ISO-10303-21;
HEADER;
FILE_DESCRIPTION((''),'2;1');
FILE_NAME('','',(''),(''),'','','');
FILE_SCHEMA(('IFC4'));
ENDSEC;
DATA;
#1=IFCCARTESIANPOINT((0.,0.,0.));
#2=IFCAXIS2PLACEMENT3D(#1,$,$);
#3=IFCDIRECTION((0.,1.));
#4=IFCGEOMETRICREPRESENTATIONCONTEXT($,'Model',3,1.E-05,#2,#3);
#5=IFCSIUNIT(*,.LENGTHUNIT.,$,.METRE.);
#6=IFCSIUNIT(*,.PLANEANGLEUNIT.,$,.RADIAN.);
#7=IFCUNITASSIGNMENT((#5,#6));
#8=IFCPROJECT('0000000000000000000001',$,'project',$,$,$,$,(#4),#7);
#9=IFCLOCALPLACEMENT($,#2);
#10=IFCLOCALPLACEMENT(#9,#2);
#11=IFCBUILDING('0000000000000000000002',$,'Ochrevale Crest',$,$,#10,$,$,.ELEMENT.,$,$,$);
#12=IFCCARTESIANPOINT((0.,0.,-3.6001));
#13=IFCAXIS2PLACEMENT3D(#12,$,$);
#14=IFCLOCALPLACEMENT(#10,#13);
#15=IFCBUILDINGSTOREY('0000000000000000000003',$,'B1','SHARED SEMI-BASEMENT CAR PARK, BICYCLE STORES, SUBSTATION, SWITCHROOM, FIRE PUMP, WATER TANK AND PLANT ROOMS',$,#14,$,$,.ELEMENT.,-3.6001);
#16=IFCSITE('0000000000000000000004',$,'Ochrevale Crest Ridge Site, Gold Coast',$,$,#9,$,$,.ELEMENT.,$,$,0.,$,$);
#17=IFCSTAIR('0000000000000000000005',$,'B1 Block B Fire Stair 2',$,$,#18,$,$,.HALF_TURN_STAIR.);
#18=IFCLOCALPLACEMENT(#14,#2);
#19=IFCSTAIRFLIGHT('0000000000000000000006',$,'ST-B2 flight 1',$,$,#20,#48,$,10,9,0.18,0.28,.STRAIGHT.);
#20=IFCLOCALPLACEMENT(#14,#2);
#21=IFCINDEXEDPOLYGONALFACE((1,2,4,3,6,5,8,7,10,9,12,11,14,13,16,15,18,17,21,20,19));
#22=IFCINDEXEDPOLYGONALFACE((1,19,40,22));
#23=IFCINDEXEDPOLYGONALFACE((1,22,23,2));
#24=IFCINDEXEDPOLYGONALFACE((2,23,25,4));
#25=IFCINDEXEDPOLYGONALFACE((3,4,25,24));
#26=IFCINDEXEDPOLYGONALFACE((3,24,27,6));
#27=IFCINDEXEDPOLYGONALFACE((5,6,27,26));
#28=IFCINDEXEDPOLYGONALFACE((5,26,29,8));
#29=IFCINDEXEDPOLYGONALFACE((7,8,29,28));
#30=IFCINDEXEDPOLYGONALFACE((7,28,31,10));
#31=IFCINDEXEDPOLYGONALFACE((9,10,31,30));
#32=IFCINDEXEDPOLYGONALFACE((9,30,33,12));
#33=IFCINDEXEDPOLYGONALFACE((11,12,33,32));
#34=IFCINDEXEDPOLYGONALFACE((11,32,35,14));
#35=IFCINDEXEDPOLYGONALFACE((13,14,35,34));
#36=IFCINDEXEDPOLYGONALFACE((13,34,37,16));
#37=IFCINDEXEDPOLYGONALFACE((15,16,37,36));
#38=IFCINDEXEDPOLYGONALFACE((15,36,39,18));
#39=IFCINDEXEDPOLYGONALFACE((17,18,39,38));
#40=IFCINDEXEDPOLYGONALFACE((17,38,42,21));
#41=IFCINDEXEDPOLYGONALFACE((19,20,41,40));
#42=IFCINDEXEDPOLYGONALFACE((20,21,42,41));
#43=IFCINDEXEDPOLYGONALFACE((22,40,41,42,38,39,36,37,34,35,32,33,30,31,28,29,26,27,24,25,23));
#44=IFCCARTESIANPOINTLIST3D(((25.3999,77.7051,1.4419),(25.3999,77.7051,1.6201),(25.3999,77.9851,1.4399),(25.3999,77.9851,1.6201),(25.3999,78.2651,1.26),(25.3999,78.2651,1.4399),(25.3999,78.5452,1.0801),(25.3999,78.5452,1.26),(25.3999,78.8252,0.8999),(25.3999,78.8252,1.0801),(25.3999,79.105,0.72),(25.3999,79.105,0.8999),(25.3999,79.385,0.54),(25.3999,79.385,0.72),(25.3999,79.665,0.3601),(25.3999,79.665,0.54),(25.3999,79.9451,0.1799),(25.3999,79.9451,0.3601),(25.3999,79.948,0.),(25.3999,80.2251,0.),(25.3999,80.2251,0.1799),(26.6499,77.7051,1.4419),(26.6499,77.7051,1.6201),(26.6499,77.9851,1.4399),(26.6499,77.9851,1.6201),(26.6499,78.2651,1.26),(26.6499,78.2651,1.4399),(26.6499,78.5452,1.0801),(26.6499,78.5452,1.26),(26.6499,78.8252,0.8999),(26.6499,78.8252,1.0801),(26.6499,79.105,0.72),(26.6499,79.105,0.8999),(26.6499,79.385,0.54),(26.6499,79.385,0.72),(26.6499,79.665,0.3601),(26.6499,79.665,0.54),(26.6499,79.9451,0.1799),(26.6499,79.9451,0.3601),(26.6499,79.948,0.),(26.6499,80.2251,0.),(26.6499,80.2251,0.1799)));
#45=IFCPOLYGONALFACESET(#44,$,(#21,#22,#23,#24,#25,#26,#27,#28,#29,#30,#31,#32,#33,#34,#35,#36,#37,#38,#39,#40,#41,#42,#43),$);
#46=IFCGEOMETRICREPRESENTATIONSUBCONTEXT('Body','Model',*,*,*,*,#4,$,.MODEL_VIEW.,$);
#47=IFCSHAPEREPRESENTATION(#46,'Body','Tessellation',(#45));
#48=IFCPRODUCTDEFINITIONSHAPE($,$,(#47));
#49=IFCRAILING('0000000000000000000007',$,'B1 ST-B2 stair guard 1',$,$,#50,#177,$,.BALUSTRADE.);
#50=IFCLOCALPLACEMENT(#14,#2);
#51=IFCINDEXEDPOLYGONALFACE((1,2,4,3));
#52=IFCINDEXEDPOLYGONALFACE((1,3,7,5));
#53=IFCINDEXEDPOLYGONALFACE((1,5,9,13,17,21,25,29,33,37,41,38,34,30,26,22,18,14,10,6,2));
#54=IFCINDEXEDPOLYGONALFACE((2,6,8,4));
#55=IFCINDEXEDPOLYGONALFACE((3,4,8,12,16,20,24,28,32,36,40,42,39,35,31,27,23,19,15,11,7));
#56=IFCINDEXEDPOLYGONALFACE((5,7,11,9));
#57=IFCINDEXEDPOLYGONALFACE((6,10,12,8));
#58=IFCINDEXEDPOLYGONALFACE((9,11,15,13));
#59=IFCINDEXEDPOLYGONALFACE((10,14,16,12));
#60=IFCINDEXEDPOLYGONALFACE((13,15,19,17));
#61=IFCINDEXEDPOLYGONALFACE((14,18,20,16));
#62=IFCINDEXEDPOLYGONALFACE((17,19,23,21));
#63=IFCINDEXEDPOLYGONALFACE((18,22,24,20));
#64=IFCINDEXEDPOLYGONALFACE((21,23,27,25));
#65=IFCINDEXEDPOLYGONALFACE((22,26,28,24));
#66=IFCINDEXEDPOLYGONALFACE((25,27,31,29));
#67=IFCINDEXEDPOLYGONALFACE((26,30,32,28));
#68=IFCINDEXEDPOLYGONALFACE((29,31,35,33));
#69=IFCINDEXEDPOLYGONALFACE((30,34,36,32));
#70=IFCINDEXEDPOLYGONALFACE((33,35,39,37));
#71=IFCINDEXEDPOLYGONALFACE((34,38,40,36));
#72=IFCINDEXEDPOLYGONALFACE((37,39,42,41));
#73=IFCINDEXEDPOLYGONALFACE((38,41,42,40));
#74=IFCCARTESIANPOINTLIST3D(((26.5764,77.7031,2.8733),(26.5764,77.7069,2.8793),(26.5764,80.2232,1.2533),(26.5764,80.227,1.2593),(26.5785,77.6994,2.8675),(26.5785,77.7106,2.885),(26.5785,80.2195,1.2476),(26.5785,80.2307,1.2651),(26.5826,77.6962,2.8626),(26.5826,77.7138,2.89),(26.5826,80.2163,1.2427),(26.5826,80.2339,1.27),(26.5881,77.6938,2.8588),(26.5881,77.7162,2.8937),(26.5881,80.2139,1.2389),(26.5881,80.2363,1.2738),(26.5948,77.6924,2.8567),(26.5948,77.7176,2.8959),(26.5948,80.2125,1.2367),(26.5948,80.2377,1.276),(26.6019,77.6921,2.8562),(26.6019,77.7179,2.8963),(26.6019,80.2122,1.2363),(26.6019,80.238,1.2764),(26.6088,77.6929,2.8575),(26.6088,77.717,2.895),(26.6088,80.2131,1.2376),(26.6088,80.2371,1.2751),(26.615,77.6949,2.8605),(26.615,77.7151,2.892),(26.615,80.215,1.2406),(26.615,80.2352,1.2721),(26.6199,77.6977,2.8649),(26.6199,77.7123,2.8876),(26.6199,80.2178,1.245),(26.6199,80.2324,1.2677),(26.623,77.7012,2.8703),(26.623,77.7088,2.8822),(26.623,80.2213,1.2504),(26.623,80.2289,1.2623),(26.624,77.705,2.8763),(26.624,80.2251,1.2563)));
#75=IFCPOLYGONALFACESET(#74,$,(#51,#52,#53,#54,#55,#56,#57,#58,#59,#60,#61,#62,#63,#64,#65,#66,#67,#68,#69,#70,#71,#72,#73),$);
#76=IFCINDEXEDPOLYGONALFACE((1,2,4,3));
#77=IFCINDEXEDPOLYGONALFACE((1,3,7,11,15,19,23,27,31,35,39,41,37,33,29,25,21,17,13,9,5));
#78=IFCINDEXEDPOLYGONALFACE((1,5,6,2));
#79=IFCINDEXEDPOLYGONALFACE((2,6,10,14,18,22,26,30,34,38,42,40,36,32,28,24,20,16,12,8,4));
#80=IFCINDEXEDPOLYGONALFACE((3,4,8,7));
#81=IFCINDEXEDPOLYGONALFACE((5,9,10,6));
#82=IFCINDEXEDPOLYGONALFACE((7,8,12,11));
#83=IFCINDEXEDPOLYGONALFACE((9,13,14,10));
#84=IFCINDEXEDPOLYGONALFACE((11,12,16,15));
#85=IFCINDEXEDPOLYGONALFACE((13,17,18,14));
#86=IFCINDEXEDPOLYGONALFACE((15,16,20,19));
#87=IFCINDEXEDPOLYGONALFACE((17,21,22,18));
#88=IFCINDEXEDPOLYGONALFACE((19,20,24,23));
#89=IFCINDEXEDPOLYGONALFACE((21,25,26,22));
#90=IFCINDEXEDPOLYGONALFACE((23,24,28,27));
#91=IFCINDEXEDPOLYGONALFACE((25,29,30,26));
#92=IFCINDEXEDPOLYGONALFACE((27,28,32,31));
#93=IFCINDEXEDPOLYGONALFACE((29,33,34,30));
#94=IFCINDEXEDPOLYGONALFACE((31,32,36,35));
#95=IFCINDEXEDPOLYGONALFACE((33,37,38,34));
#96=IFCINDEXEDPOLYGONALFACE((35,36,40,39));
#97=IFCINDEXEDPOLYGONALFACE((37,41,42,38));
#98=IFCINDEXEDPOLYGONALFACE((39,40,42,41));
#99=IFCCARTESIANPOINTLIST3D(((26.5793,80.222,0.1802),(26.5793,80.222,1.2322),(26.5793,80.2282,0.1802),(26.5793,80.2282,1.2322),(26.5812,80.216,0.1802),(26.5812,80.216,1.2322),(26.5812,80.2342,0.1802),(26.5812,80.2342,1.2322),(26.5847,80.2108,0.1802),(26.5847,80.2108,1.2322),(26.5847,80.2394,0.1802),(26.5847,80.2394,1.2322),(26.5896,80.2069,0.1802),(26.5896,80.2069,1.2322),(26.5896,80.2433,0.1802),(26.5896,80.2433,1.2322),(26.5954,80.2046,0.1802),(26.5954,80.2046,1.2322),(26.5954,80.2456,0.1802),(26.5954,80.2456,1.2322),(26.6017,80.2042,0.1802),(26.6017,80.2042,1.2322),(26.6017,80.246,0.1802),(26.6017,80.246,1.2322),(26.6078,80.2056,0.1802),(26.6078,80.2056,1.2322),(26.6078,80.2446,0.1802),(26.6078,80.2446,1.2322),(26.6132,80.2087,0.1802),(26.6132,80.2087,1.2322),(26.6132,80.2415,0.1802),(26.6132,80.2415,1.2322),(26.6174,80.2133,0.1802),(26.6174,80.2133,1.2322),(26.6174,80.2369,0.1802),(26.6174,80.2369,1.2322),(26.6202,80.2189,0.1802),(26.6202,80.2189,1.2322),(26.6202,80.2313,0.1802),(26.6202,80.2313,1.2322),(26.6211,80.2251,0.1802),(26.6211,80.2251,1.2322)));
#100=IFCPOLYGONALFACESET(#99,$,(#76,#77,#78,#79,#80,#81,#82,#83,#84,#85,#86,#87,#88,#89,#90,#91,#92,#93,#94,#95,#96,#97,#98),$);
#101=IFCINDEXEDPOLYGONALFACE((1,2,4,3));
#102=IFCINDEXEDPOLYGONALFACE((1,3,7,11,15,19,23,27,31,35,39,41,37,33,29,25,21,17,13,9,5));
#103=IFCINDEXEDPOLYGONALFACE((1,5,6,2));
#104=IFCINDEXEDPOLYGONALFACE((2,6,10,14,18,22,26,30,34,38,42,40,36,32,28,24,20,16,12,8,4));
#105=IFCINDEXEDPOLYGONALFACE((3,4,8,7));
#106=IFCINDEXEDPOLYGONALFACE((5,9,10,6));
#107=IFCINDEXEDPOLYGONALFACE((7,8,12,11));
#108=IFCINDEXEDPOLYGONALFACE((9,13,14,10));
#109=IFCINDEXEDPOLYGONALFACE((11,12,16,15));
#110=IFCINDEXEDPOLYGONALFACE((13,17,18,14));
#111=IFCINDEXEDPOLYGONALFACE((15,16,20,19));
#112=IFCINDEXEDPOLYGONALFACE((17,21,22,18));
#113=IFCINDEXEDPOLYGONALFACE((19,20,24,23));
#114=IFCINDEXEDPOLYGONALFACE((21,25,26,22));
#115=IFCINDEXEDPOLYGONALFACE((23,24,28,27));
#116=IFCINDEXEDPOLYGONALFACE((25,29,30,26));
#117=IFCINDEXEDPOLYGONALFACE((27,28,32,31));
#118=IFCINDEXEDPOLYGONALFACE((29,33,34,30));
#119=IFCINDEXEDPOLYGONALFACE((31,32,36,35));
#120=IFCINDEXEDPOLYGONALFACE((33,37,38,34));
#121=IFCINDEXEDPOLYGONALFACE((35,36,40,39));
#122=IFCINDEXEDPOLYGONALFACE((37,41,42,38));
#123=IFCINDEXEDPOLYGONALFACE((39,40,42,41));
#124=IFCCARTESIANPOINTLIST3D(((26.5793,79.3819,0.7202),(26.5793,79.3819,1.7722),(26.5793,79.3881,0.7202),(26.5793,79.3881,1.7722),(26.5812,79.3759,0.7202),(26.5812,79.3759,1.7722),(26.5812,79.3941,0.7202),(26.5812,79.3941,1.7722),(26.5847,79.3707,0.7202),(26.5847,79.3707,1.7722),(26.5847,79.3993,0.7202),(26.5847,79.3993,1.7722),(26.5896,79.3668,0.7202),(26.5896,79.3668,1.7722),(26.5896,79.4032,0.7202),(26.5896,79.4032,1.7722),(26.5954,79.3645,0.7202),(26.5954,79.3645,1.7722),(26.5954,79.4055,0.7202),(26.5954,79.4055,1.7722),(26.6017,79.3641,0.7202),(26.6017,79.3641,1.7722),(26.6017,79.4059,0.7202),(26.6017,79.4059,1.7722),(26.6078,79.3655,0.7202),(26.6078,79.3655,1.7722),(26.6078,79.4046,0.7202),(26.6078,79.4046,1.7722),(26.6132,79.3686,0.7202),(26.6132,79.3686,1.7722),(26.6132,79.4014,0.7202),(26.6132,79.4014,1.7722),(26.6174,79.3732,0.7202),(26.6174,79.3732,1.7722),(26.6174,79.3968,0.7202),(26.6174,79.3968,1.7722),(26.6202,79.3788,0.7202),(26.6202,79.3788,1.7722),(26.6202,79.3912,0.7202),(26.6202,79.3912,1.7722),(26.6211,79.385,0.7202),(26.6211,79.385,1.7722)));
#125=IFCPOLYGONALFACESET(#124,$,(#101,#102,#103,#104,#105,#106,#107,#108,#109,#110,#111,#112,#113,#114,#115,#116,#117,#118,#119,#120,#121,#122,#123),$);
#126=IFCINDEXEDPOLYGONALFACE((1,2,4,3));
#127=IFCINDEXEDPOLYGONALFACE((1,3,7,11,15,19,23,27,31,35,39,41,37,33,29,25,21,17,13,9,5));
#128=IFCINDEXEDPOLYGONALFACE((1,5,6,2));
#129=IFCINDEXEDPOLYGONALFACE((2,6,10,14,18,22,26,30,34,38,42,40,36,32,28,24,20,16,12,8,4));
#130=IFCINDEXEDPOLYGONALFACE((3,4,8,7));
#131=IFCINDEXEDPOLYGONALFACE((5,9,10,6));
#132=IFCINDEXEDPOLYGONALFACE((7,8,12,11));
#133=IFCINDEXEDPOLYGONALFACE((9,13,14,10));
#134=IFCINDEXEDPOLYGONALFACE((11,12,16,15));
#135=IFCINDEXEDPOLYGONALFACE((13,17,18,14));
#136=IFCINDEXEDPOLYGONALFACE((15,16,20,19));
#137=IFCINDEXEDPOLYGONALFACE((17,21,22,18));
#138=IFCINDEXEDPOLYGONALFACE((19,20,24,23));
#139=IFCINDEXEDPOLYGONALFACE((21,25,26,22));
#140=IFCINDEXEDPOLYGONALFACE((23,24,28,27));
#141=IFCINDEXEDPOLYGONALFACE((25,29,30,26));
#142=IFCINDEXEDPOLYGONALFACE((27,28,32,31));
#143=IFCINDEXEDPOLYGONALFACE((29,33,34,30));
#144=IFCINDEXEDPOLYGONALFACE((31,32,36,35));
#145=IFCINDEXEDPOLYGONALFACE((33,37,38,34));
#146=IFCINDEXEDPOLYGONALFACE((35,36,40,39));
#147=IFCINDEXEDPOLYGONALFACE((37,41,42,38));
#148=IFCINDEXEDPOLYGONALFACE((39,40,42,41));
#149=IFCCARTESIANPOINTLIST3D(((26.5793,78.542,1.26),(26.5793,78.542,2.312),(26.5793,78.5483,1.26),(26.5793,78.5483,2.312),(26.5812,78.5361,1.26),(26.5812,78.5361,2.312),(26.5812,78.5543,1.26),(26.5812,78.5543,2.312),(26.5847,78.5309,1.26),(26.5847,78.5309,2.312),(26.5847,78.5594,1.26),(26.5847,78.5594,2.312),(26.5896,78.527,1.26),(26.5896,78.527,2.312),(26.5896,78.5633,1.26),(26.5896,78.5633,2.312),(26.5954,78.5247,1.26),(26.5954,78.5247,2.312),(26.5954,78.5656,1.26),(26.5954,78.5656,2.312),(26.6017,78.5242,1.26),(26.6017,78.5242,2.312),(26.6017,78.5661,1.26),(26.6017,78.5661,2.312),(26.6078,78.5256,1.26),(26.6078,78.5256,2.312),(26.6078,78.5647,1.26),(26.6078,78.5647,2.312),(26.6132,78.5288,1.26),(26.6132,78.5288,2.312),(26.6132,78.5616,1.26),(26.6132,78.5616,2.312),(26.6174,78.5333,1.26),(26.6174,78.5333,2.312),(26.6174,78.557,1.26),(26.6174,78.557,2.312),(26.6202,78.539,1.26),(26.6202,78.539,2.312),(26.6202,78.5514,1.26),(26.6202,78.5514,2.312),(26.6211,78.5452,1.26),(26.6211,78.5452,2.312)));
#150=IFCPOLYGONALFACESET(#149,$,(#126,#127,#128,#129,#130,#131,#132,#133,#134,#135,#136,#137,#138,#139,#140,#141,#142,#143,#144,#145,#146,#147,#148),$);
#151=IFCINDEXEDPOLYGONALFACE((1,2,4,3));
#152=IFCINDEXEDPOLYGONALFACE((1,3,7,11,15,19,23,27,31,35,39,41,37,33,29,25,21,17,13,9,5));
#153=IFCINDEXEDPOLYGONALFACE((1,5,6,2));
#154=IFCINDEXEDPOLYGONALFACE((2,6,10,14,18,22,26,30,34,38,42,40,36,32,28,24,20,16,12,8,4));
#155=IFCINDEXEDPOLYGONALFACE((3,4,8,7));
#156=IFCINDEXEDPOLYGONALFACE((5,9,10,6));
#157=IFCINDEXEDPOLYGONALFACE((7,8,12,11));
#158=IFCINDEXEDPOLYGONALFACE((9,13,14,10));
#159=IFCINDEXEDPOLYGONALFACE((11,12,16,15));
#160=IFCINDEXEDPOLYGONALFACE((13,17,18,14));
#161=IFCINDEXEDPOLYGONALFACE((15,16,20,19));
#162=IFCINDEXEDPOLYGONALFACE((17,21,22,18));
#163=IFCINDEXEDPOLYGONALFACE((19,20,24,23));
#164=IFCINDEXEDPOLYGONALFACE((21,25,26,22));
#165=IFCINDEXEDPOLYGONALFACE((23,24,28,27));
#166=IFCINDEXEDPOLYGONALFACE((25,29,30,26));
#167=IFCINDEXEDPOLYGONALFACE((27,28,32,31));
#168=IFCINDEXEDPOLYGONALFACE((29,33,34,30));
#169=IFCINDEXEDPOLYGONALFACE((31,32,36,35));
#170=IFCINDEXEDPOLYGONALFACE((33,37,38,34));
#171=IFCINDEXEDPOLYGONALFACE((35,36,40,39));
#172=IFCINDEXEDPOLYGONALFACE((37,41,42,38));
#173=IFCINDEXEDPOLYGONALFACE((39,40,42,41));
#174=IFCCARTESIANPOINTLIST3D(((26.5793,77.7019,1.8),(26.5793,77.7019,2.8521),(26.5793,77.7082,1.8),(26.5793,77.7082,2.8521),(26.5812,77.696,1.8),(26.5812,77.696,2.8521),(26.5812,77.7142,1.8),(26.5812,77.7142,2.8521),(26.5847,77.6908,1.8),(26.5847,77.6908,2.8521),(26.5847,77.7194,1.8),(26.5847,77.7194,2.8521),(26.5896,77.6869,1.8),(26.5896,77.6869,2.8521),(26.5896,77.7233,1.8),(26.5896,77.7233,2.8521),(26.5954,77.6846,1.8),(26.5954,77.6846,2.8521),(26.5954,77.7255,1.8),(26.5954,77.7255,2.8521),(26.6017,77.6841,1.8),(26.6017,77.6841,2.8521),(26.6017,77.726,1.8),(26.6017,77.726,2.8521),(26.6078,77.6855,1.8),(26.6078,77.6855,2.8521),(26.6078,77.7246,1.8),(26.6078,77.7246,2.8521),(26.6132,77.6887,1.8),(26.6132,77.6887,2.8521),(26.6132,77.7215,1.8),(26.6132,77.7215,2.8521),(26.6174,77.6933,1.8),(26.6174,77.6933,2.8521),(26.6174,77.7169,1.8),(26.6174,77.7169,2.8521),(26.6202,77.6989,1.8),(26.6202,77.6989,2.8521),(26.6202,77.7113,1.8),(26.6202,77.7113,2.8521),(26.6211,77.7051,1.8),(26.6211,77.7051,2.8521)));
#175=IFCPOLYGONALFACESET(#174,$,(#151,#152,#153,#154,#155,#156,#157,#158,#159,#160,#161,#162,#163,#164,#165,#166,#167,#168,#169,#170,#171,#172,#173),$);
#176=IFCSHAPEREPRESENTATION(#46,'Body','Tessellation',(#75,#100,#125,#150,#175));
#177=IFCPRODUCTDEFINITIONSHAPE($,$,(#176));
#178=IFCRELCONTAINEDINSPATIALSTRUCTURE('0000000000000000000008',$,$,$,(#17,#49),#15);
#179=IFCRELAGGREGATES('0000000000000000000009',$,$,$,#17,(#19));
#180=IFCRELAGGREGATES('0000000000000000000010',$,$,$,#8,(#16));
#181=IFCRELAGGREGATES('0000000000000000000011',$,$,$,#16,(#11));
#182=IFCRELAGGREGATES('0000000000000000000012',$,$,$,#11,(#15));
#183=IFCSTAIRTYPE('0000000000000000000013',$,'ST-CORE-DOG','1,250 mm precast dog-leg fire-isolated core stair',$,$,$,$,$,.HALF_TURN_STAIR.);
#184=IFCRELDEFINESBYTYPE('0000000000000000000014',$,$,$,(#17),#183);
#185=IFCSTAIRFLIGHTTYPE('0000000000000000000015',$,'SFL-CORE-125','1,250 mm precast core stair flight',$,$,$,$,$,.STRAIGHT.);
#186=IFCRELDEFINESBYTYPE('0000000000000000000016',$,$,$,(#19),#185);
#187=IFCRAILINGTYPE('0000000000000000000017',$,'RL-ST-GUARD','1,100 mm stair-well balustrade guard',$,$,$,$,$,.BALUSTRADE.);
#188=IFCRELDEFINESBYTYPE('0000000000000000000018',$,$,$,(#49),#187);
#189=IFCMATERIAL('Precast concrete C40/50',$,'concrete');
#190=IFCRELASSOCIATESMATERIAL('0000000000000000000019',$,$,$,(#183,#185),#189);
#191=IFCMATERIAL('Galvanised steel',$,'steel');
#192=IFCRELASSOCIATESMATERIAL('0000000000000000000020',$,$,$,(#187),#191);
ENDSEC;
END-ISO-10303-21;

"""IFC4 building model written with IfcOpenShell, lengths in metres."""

from ifc_helpers import new_model, si_unit, direction, frame, origin, origin_2d, place, context, subcontext, project, spatial, polyline, circle, outline, extrude, material, type_object, element, aggregate, save


model = new_model("IFC4")

# Units and contexts
model_context = context("Model", 3, precision=1e-05, world=origin(), true_north=direction((0.0, 1.0)))
body_context = subcontext(model_context, "Body", "Model", "MODEL_VIEW")
ifc_project = project(units=[si_unit("LENGTHUNIT", "METRE"), si_unit("PLANEANGLEUNIT", "RADIAN")], contexts=[model_context])

# Site, building, storey
site_placement = place(None, origin())
site = spatial("IfcSite", under=ifc_project, at=site_placement, Name="Ochrevale Crest Ridge Site, Gold Coast", CompositionType="ELEMENT", RefElevation=0.0)
building_placement = place(site_placement, origin())
building = spatial("IfcBuilding", under=site, at=building_placement, Name="Ochrevale Crest", CompositionType="ELEMENT")
storey_placement = place(building_placement, frame((0.0, 0.0, -3.6001)))
storey = spatial("IfcBuildingStorey", under=building, at=storey_placement, Name="B1", Description="SHARED SEMI-BASEMENT CAR PARK, BICYCLE STORES, SUBSTATION, SWITCHROOM, FIRE PUMP, WATER TANK AND PLANT ROOMS", CompositionType="ELEMENT", Elevation=-3.6001)

# Stair, stair flight
ifc_material_1 = material(Name="Precast concrete C40/50", Category="concrete")
stair_type = type_object("IfcStairType", Name="ST-CORE-DOG", Description="1,250 mm precast dog-leg fire-isolated core stair", PredefinedType="HALF_TURN_STAIR", material=ifc_material_1)
stair_placement = place(storey_placement, origin())
stair = element("IfcStair", 1, at=stair_placement, inside=storey, type_object=stair_type, Name="B1 Block B Fire Stair 2", PredefinedType="HALF_TURN_STAIR")
stair_flight_type = type_object("IfcStairFlightType", Name="SFL-CORE-125", Description="1,250 mm precast core stair flight", PredefinedType="STRAIGHT", material=ifc_material_1)
stair_flight_placement = place(storey_placement, frame((26.0249, 80.2251, 0.0), z_axis=(0.0, 0.0, 1.0), x_axis=(0.0, -1.0, 0.0)))
stair_flight = element("IfcStairFlight", 2, at=stair_flight_placement, type_object=stair_flight_type, Name="ST-B2 flight 1", NumberOfRisers=10, NumberOfTreads=9, PredefinedType="STRAIGHT", RiserHeight=0.18, TreadLength=0.28, context=body_context, shape_type="SweptSolid", body=[
    extrude(outline(polyline([(0.0, 0.0), (0.0, 0.1799), (0.28, 0.1799), (0.28, 0.3601), (0.5601, 0.3601), (0.5601, 0.54), (0.8401, 0.54), (0.8401, 0.72), (1.1201, 0.72), (1.1201, 0.8999), (1.3999, 0.8999), (1.3999, 1.0801), (1.6799, 1.0801), (1.6799, 1.26), (1.96, 1.26), (1.96, 1.4399), (2.24, 1.4399), (2.24, 1.6201), (2.52, 1.6201), (2.52, 1.8), (2.52, 1.4419), (0.2771, 0.0), (0.0, 0.0)])), frame((0.0, 0.625, 0.0), z_axis=(0.0, -1.0, 0.0), x_axis=(1.0, 0.0, 0.0)), (0.0, 0.0, 1.0), 1.25),
])
aggregate(stair, [stair_flight])

# Railing
ifc_material_2 = material(Name="Galvanised steel", Category="steel")
railing_type_1 = type_object("IfcRailingType", Name="RL-ST-GUARD", Description="1,100 mm stair-well balustrade guard", PredefinedType="BALUSTRADE", material=ifc_material_2)
railing_1_placement = place(storey_placement, frame((26.6001, 80.2251, 0.1802)))
element("IfcRailing", 3, at=railing_1_placement, inside=storey, type_object=railing_type_1, Name="B1 ST-B2 stair guard 1", PredefinedType="BALUSTRADE", context=body_context, shape_type="SweptSolid", body=[
    extrude(circle(Radius=0.0239, at=origin_2d()), frame((0.0, 0.0, 1.0762), z_axis=(0.0, -0.8412, 0.540725), x_axis=(1.0, 0.0, 0.0)), (0.0, 0.0, 1.0), 2.9958),
    extrude(circle(Radius=0.021, at=origin_2d()), origin(), (0.0, 0.0, 1.0), 1.052),
    extrude(circle(Radius=0.021, at=origin_2d()), frame((0.0, -0.8401, 0.54)), (0.0, 0.0, 1.0), 1.052),
    extrude(circle(Radius=0.021, at=origin_2d()), frame((0.0, -1.6799, 1.0798)), (0.0, 0.0, 1.0), 1.052),
    extrude(circle(Radius=0.021, at=origin_2d()), frame((0.0, -2.52, 1.6199)), (0.0, 0.0, 1.0), 1.052),
])

save(model, "model.ifc")
